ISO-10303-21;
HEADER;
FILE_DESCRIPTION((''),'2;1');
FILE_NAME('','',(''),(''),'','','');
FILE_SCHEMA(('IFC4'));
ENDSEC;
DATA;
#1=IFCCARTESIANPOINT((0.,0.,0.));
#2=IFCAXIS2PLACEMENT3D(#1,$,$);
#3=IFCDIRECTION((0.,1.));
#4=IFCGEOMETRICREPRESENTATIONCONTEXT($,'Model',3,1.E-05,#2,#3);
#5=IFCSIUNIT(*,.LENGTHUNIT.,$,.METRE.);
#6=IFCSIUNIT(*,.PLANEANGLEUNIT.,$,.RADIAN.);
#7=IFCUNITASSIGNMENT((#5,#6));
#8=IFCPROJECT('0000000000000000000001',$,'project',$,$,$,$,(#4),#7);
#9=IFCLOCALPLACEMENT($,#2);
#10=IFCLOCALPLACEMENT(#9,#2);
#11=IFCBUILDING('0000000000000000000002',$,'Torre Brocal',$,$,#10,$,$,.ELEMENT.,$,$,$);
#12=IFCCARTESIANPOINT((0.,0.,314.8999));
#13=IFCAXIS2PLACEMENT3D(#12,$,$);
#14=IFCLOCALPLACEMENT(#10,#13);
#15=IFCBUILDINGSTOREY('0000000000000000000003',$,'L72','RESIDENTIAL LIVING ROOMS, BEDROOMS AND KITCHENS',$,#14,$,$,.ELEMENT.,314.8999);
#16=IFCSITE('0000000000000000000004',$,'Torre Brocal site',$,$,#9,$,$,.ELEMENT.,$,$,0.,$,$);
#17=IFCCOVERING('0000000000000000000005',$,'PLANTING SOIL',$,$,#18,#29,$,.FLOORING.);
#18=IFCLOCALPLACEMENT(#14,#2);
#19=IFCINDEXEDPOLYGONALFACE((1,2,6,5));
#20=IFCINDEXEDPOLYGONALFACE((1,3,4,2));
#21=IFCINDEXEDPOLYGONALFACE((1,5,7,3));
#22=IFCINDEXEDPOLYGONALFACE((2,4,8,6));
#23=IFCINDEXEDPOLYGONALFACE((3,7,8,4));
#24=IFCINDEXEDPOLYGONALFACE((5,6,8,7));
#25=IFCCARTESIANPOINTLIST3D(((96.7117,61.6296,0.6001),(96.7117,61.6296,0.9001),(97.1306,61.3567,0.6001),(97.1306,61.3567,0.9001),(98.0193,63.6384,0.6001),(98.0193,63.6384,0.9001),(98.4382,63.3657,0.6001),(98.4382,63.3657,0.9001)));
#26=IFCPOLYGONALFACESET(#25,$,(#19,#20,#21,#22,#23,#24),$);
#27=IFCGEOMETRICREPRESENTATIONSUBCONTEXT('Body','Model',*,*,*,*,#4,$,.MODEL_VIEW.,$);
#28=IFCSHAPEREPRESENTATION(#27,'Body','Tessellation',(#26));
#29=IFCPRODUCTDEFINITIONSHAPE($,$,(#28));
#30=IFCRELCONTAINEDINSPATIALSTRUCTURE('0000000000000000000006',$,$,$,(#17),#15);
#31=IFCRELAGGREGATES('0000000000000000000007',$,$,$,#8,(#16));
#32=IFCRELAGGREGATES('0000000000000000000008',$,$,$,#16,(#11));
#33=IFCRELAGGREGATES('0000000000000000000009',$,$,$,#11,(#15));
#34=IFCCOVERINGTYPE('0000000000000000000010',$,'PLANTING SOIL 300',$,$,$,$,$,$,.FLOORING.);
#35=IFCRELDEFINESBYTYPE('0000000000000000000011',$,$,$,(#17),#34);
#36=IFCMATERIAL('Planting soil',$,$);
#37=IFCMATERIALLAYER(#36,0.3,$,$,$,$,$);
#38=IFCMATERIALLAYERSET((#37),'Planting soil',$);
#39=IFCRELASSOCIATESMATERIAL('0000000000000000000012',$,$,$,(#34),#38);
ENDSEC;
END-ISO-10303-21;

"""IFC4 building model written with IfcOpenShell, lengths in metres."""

from ifc_helpers import new_model, si_unit, direction, frame, origin, place, context, subcontext, project, spatial, polyline, outline, extrude, material, layer, layer_set, type_object, element, save


model = new_model("IFC4")

# Units and contexts
model_context = context("Model", 3, precision=1e-05, world=origin(), true_north=direction((0.0, 1.0)))
body_context = subcontext(model_context, "Body", "Model", "MODEL_VIEW")
ifc_project = project(units=[si_unit("LENGTHUNIT", "METRE"), si_unit("PLANEANGLEUNIT", "RADIAN")], contexts=[model_context])

# Site, building, storey
site_placement = place(None, origin())
site = spatial("IfcSite", under=ifc_project, at=site_placement, Name="Torre Brocal site", CompositionType="ELEMENT", RefElevation=0.0)
building_placement = place(site_placement, origin())
building = spatial("IfcBuilding", under=site, at=building_placement, Name="Torre Brocal", CompositionType="ELEMENT")
storey_placement = place(building_placement, frame((0.0, 0.0, 314.8999)))
storey = spatial("IfcBuildingStorey", under=building, at=storey_placement, Name="L72", Description="RESIDENTIAL LIVING ROOMS, BEDROOMS AND KITCHENS", CompositionType="ELEMENT", Elevation=314.8999)

# Covering
ifc_material_1 = material(Name="Planting soil")
ifc_layer_1 = layer(ifc_material_1, 0.3)
ifc_layer_set_1 = layer_set([ifc_layer_1], Name="Planting soil")
covering_type = type_object("IfcCoveringType", Name="PLANTING SOIL 300", PredefinedType="FLOORING", material=ifc_layer_set_1)
covering_1_placement = place(storey_placement, frame((0.0, 0.0, 0.6001)))
element("IfcCovering", 1, at=covering_1_placement, inside=storey, type_object=covering_type, Name="PLANTING SOIL", PredefinedType="FLOORING", context=body_context, shape_type="SweptSolid", body=[
    extrude(outline(polyline([(96.7117, 61.6296), (98.0193, 63.6384), (98.4382, 63.3657), (97.1306, 61.3567), (96.7117, 61.6296)])), origin(), (0.0, 0.0, 1.0), 0.3),
])

save(model, "model.ifc")
